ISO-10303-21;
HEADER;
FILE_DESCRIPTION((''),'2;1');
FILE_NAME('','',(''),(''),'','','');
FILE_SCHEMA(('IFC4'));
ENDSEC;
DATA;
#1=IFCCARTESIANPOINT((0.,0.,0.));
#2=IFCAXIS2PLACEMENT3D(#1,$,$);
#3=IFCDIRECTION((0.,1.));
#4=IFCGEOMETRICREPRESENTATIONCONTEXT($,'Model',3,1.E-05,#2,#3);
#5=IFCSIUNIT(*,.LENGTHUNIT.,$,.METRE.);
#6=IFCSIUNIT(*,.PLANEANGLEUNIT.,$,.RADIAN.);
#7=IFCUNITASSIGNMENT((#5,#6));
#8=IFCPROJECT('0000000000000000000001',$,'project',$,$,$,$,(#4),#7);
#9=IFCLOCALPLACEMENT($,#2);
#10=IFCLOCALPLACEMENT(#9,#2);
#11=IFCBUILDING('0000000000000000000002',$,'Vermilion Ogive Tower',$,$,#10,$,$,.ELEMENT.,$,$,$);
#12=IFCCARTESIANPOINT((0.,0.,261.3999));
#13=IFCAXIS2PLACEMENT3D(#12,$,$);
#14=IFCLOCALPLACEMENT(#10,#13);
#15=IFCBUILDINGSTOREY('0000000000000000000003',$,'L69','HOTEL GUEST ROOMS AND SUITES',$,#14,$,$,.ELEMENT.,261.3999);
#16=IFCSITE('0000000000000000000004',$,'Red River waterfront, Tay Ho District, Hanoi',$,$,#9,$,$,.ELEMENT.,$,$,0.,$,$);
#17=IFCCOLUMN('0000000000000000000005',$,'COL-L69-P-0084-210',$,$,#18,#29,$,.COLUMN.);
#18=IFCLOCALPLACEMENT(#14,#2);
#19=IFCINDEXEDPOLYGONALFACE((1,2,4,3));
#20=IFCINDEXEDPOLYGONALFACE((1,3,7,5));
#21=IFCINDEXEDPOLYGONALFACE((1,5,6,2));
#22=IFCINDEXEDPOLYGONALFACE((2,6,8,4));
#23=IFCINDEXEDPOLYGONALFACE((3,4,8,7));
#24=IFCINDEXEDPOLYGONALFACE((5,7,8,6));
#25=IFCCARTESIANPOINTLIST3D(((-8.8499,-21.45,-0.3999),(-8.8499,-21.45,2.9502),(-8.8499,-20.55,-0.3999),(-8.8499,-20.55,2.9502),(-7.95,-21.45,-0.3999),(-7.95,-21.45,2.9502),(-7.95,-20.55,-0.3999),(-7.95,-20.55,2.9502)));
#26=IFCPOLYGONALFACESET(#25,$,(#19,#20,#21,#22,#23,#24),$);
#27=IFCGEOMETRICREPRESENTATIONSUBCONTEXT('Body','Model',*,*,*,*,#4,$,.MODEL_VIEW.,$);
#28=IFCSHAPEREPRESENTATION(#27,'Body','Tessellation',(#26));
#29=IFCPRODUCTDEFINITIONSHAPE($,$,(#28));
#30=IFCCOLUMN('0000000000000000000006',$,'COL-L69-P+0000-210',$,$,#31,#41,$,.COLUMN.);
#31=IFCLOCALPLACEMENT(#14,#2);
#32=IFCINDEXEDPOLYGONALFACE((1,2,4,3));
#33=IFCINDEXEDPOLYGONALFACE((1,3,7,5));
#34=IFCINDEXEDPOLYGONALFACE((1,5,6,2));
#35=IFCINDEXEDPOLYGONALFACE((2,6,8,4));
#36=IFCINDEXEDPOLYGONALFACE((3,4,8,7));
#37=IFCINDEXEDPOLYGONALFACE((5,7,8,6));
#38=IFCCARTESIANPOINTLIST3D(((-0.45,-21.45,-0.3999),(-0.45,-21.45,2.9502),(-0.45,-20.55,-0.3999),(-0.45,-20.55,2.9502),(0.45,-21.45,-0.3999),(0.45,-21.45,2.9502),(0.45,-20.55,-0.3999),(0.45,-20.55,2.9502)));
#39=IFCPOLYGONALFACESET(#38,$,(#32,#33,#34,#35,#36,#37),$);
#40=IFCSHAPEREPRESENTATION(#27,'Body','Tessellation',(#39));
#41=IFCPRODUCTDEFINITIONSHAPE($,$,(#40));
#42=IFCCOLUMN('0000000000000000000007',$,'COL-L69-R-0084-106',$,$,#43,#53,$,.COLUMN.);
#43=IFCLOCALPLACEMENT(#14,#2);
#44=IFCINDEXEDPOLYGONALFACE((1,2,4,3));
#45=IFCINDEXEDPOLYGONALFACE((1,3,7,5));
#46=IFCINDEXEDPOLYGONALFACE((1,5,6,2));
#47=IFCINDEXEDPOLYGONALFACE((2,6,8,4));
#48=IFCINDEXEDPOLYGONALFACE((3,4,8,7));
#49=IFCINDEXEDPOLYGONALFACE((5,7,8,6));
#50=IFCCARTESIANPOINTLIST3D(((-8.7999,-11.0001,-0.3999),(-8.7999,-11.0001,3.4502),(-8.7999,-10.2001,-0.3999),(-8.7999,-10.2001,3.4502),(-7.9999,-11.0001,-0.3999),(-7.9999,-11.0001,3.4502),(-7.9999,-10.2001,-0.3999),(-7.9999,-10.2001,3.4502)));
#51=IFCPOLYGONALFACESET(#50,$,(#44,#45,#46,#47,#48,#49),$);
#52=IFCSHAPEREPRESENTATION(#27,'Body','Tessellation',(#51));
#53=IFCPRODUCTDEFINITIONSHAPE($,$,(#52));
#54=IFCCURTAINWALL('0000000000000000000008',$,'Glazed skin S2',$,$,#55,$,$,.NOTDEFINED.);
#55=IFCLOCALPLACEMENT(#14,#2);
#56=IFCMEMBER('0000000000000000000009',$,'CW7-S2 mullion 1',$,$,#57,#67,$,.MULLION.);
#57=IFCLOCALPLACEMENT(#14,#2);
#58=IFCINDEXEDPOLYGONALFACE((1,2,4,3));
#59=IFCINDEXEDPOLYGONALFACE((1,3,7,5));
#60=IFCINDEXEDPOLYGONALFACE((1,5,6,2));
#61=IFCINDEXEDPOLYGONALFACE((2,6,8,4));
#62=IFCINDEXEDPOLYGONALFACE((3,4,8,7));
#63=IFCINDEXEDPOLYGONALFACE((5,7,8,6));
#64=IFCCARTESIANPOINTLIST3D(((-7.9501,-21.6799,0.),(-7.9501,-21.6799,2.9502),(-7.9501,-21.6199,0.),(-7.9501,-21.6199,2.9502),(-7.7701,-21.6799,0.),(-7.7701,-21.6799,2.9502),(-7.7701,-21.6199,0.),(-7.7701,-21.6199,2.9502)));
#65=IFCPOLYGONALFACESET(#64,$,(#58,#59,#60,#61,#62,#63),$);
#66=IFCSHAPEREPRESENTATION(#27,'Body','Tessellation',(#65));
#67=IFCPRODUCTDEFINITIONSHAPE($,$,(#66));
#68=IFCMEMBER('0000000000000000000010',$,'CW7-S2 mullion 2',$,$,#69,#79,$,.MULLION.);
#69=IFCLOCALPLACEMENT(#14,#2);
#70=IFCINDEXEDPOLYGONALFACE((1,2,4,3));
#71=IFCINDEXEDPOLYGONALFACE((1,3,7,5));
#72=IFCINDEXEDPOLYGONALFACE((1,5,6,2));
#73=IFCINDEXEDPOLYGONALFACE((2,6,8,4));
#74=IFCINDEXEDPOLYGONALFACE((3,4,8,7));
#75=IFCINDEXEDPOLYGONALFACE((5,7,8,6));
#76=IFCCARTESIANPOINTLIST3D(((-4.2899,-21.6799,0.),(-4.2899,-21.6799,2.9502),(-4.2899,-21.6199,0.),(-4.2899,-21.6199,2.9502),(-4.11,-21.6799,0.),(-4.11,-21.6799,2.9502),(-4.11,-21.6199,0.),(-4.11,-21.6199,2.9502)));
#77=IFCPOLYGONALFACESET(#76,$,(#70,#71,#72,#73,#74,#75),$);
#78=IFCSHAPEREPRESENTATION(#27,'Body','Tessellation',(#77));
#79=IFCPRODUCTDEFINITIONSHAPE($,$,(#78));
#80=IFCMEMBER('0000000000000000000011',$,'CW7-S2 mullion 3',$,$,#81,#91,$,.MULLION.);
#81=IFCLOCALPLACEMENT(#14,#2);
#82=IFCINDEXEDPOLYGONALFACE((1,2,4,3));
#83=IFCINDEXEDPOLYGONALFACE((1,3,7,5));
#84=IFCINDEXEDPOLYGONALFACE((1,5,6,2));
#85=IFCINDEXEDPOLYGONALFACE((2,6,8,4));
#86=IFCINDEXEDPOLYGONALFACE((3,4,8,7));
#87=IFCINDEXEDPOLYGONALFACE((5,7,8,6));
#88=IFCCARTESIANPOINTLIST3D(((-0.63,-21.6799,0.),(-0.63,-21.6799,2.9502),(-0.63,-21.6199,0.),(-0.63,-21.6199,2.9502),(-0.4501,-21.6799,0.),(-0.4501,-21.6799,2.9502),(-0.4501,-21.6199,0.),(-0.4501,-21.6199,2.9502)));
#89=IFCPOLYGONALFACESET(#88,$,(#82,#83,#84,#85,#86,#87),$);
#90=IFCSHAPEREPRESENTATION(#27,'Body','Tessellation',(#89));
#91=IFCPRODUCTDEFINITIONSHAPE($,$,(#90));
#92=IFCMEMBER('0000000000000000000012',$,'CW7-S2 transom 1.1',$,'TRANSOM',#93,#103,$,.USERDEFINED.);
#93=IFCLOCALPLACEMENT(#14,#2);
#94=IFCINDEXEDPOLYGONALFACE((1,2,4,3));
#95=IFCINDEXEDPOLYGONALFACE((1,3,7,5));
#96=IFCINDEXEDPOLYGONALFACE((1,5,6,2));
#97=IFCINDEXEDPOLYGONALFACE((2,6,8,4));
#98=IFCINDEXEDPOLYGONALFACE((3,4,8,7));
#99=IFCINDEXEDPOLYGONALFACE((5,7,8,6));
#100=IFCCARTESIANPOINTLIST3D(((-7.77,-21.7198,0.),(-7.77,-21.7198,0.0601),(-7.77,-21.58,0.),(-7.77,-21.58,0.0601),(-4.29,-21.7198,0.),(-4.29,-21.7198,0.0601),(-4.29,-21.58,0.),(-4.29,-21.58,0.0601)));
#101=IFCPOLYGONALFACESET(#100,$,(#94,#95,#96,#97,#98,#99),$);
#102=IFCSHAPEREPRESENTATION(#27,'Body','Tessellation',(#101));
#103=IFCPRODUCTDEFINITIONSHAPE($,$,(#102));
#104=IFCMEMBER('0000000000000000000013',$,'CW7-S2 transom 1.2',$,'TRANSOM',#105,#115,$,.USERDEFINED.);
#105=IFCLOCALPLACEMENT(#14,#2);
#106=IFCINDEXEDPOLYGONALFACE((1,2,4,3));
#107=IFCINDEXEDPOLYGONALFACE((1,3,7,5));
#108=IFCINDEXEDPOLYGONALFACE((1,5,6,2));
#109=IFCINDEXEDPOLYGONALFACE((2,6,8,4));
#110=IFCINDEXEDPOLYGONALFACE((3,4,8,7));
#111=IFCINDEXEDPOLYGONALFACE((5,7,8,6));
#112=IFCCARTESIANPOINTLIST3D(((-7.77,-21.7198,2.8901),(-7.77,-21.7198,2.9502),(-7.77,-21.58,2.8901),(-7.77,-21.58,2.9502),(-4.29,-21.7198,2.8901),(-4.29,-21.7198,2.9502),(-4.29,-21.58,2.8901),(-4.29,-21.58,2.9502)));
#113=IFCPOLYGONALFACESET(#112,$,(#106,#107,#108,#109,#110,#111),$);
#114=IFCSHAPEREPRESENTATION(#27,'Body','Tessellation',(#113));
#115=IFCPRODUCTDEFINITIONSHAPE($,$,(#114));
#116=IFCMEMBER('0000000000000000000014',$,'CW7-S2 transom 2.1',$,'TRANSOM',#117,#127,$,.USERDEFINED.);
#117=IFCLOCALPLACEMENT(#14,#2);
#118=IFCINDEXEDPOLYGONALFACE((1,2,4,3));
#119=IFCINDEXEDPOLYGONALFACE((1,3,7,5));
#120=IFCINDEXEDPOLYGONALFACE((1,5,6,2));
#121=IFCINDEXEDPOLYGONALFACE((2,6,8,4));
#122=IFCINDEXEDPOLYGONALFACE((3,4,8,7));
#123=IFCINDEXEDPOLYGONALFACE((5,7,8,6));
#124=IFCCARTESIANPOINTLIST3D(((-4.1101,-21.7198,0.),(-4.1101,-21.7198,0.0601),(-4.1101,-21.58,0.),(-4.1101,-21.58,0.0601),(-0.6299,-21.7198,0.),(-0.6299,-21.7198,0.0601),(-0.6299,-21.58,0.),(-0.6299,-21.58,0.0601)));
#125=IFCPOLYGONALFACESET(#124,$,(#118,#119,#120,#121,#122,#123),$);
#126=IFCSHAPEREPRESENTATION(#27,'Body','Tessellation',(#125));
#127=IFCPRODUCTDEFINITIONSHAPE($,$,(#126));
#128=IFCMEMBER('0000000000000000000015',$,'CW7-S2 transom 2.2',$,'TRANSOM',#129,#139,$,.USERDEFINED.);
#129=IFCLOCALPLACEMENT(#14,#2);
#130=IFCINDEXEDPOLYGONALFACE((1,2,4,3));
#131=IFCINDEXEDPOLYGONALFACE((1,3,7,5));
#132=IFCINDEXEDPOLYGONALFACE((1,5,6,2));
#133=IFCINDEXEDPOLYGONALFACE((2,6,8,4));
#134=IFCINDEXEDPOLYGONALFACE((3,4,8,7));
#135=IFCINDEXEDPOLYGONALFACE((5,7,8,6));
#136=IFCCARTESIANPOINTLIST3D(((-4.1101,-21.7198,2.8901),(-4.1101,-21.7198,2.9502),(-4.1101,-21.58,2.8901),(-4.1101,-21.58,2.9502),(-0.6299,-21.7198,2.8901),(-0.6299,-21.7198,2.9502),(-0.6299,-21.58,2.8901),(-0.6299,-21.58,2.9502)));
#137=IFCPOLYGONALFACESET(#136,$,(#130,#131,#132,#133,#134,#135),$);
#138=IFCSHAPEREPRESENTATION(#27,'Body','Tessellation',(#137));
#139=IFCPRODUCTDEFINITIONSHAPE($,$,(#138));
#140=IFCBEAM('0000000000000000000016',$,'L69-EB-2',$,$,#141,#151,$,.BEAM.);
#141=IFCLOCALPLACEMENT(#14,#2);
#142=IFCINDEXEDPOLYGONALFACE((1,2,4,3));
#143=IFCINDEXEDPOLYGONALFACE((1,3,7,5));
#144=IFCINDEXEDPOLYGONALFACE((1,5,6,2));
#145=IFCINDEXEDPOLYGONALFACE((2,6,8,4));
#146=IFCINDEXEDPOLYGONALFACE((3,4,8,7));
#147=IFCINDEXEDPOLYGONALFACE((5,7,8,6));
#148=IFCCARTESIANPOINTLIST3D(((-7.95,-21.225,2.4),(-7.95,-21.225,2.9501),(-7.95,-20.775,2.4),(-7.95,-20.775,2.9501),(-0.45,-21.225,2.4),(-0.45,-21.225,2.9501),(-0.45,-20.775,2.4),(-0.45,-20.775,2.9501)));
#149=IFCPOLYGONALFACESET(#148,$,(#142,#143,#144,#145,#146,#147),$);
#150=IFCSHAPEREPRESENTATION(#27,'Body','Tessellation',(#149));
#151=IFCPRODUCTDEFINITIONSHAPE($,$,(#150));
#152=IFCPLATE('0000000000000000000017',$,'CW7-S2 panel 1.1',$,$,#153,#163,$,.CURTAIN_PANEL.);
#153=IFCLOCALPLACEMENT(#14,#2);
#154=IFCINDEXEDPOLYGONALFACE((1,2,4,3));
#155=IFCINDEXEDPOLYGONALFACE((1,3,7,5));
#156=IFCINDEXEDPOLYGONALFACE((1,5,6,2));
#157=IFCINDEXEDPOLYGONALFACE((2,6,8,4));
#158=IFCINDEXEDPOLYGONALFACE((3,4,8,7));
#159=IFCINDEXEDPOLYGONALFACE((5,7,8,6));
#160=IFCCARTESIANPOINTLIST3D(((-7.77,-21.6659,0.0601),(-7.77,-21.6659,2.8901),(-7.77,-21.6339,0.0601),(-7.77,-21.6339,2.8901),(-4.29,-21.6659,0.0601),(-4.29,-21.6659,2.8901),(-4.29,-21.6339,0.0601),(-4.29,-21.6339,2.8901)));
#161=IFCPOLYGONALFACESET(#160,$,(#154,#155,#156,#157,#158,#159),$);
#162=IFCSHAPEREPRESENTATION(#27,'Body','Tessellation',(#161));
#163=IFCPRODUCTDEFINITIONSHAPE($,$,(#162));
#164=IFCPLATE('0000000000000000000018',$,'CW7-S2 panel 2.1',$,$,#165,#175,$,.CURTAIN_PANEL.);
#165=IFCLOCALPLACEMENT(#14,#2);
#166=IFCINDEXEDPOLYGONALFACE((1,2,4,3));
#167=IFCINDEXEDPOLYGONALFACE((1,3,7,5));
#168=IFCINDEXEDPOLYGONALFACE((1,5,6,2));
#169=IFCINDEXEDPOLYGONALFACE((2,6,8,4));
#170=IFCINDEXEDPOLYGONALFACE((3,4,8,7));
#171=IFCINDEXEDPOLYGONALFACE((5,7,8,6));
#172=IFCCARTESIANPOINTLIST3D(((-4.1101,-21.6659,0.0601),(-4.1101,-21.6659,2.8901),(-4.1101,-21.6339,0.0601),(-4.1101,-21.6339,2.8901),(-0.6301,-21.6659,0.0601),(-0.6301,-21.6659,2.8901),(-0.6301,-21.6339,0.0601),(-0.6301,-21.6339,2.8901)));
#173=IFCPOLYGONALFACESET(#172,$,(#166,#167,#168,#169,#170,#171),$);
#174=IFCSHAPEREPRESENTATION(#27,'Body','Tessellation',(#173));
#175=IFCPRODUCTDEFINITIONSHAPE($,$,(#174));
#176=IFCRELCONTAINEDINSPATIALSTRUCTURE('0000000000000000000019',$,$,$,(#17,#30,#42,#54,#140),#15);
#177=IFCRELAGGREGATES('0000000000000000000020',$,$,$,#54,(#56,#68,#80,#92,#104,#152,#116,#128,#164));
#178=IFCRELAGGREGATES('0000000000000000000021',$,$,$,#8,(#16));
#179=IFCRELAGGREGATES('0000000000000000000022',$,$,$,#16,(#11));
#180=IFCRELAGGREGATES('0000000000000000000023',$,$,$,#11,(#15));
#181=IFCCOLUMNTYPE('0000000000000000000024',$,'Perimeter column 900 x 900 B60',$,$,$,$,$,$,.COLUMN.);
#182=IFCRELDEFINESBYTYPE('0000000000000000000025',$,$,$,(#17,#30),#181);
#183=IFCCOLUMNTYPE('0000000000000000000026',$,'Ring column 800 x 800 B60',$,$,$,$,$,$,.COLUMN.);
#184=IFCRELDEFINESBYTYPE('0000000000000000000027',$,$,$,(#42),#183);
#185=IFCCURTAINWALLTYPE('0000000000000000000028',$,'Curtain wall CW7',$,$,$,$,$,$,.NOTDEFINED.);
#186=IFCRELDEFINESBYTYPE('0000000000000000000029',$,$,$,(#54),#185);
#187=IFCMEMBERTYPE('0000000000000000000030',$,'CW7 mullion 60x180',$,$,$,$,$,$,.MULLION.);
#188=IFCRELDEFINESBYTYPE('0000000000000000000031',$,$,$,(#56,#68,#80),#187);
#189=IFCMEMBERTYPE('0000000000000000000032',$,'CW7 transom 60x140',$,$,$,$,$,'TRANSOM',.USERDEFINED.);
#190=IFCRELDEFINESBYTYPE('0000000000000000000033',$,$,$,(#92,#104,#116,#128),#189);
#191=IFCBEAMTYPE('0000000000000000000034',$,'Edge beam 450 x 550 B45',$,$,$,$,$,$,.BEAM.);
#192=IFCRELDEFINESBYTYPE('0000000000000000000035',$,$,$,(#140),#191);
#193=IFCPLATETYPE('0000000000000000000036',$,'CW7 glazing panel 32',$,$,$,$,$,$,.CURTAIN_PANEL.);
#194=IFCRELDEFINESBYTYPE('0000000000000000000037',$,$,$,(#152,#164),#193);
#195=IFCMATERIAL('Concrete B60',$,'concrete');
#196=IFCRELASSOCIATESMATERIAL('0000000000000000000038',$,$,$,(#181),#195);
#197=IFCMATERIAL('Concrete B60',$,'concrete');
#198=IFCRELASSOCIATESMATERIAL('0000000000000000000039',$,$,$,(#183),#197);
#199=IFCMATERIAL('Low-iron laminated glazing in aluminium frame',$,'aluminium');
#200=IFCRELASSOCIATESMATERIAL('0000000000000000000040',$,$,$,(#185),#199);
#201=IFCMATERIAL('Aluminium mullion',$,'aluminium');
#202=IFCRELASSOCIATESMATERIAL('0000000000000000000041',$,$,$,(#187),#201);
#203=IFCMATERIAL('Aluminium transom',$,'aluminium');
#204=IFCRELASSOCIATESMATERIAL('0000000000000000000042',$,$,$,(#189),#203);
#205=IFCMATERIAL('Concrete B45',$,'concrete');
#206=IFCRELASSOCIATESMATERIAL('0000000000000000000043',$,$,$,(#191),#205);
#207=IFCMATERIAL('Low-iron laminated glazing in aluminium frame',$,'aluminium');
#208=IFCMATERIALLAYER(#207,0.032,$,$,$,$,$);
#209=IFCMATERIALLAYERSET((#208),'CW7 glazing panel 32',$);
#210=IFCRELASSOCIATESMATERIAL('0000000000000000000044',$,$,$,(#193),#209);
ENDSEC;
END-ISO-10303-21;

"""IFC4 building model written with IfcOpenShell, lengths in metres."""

from ifc_helpers import new_model, si_unit, direction, frame, origin, origin_2d, place, context, subcontext, project, spatial, rectangle, extrude, material, layer, layer_set, material_profile, profile_set, type_object, element, aggregate, save


model = new_model("IFC4")

# Units and contexts
model_context = context("Model", 3, precision=1e-05, world=origin(), true_north=direction((0.0, 1.0)))
body_context = subcontext(model_context, "Body", "Model", "MODEL_VIEW")
ifc_project = project(units=[si_unit("LENGTHUNIT", "METRE"), si_unit("PLANEANGLEUNIT", "RADIAN")], contexts=[model_context])

# Site, building, storey
site_placement = place(None, origin())
site = spatial("IfcSite", under=ifc_project, at=site_placement, Name="Red River waterfront, Tay Ho District, Hanoi", CompositionType="ELEMENT", RefElevation=0.0)
building_placement = place(site_placement, origin())
building = spatial("IfcBuilding", under=site, at=building_placement, Name="Vermilion Ogive Tower", CompositionType="ELEMENT")
storey_placement = place(building_placement, frame((0.0, 0.0, 261.3999)))
storey = spatial("IfcBuildingStorey", under=building, at=storey_placement, Name="L69", Description="HOTEL GUEST ROOMS AND SUITES", CompositionType="ELEMENT", Elevation=261.3999)

# Columns
ifc_material_1 = material(Name="Concrete B60", Category="concrete")
ifc_material_profile_1 = material_profile(ifc_material_1, rectangle(XDim=0.8999, YDim=0.8999, at=origin_2d()), Name="900 x 900")
ifc_profile_set_1 = profile_set([ifc_material_profile_1], Name="Concrete B60")
column_type_1 = type_object("IfcColumnType", Name="Perimeter column 900 x 900 B60", PredefinedType="COLUMN", material=ifc_profile_set_1)
for number, where, z_axis, x_axis, name in (
    (1, (-8.3999, -21.0, -0.3999), (0.0, 0.0, 1.0), (1.0, 0.0, 0.0), "COL-L69-P-0084-210"),
    (2, (0.0, -21.0, -0.3999), (0.0, 0.0, 1.0), (1.0, 0.0, 0.0), "COL-L69-P+0000-210"),
):
    element("IfcColumn", number, at=place(storey_placement, frame(where, z_axis=z_axis, x_axis=x_axis)), inside=storey, type_object=column_type_1, Name=name, PredefinedType="COLUMN", context=body_context, shape_type="SweptSolid", body=[
        extrude(rectangle(XDim=0.8999, YDim=0.8999, at=origin_2d()), origin(), (0.0, 0.0, 1.0), 3.3501),
    ])
ifc_material_2 = material(Name="Concrete B60", Category="concrete")
ifc_material_profile_2 = material_profile(ifc_material_2, rectangle(XDim=0.8, YDim=0.8, at=origin_2d()), Name="800 x 800")
ifc_profile_set_2 = profile_set([ifc_material_profile_2], Name="Concrete B60")
column_type_2 = type_object("IfcColumnType", Name="Ring column 800 x 800 B60", PredefinedType="COLUMN", material=ifc_profile_set_2)
column_placement = place(storey_placement, frame((-8.3999, -10.6001, -0.3999), z_axis=(0.0, 0.0, 1.0), x_axis=(1.0, 0.0, 0.0)))
element("IfcColumn", 3, at=column_placement, inside=storey, type_object=column_type_2, Name="COL-L69-R-0084-106", PredefinedType="COLUMN", context=body_context, shape_type="SweptSolid", body=[
    extrude(rectangle(XDim=0.8, YDim=0.8, at=origin_2d()), origin(), (0.0, 0.0, 1.0), 3.8501),
])

# Curtain wall, members
ifc_material_3 = material(Name="Low-iron laminated glazing in aluminium frame", Category="aluminium")
curtain_wall_type = type_object("IfcCurtainWallType", Name="Curtain wall CW7", PredefinedType="NOTDEFINED", material=ifc_material_3)
curtain_wall_placement = place(storey_placement, origin())
curtain_wall = element("IfcCurtainWall", 4, at=curtain_wall_placement, inside=storey, type_object=curtain_wall_type, Name="Glazed skin S2", PredefinedType="NOTDEFINED")
ifc_material_4 = material(Name="Aluminium mullion", Category="aluminium")
ifc_material_profile_3 = material_profile(ifc_material_4, rectangle(XDim=0.0601, YDim=0.1799, at=origin_2d()), Name="AL 60x180")
ifc_profile_set_3 = profile_set([ifc_material_profile_3], Name="Aluminium mullion")
member_type_1 = type_object("IfcMemberType", Name="CW7 mullion 60x180", PredefinedType="MULLION", material=ifc_profile_set_3)
member_1_placement = place(storey_placement, frame((-7.8601, -21.6499, 0.0), z_axis=(0.0, 0.0, 1.0), x_axis=(0.0, 1.0, 0.0)))
member_1 = element("IfcMember", 5, at=member_1_placement, type_object=member_type_1, Name="CW7-S2 mullion 1", PredefinedType="MULLION", context=body_context, shape_type="SweptSolid", body=[
    extrude(rectangle(XDim=0.0601, YDim=0.1799, at=origin_2d()), origin(), (0.0, 0.0, 1.0), 2.9502),
])
member_2_placement = place(storey_placement, frame((-4.2, -21.6499, 0.0), z_axis=(0.0, 0.0, 1.0), x_axis=(0.0, 1.0, 0.0)))
member_2 = element("IfcMember", 6, at=member_2_placement, type_object=member_type_1, Name="CW7-S2 mullion 2", PredefinedType="MULLION", context=body_context, shape_type="SweptSolid", body=[
    extrude(rectangle(XDim=0.0601, YDim=0.1799, at=origin_2d()), origin(), (0.0, 0.0, 1.0), 2.9502),
])
member_3_placement = place(storey_placement, frame((-0.54, -21.6499, 0.0), z_axis=(0.0, 0.0, 1.0), x_axis=(0.0, 1.0, 0.0)))
member_3 = element("IfcMember", 7, at=member_3_placement, type_object=member_type_1, Name="CW7-S2 mullion 3", PredefinedType="MULLION", context=body_context, shape_type="SweptSolid", body=[
    extrude(rectangle(XDim=0.0601, YDim=0.1799, at=origin_2d()), origin(), (0.0, 0.0, 1.0), 2.9502),
])
ifc_material_5 = material(Name="Aluminium transom", Category="aluminium")
ifc_material_profile_4 = material_profile(ifc_material_5, rectangle(XDim=0.1399, YDim=0.0601, at=origin_2d()), Name="AL 60x140")
ifc_profile_set_4 = profile_set([ifc_material_profile_4], Name="Aluminium transom")
member_type_2 = type_object("IfcMemberType", Name="CW7 transom 60x140", ElementType="TRANSOM", PredefinedType="USERDEFINED", material=ifc_profile_set_4)
member_4_placement = place(storey_placement, frame((-7.77, -21.6499, 0.03), z_axis=(1.0, 0.0, 0.0), x_axis=(0.0, 1.0, 0.0)))
member_4 = element("IfcMember", 8, at=member_4_placement, type_object=member_type_2, Name="CW7-S2 transom 1.1", ObjectType="TRANSOM", PredefinedType="USERDEFINED", context=body_context, shape_type="SweptSolid", body=[
    extrude(rectangle(XDim=0.1399, YDim=0.0601, at=origin_2d()), origin(), (0.0, 0.0, 1.0), 3.48),
])
member_5_placement = place(storey_placement, frame((-7.77, -21.6499, 2.9202), z_axis=(1.0, 0.0, 0.0), x_axis=(0.0, 1.0, 0.0)))
member_5 = element("IfcMember", 9, at=member_5_placement, type_object=member_type_2, Name="CW7-S2 transom 1.2", ObjectType="TRANSOM", PredefinedType="USERDEFINED", context=body_context, shape_type="SweptSolid", body=[
    extrude(rectangle(XDim=0.1399, YDim=0.0601, at=origin_2d()), origin(), (0.0, 0.0, 1.0), 3.48),
])
member_6_placement = place(storey_placement, frame((-4.1101, -21.6499, 0.03), z_axis=(1.0, 0.0, 0.0), x_axis=(0.0, 1.0, 0.0)))
member_6 = element("IfcMember", 10, at=member_6_placement, type_object=member_type_2, Name="CW7-S2 transom 2.1", ObjectType="TRANSOM", PredefinedType="USERDEFINED", context=body_context, shape_type="SweptSolid", body=[
    extrude(rectangle(XDim=0.1399, YDim=0.0601, at=origin_2d()), origin(), (0.0, 0.0, 1.0), 3.4802),
])
member_7_placement = place(storey_placement, frame((-4.1101, -21.6499, 2.9202), z_axis=(1.0, 0.0, 0.0), x_axis=(0.0, 1.0, 0.0)))
member_7 = element("IfcMember", 11, at=member_7_placement, type_object=member_type_2, Name="CW7-S2 transom 2.2", ObjectType="TRANSOM", PredefinedType="USERDEFINED", context=body_context, shape_type="SweptSolid", body=[
    extrude(rectangle(XDim=0.1399, YDim=0.0601, at=origin_2d()), origin(), (0.0, 0.0, 1.0), 3.4802),
])

# Beam
ifc_material_6 = material(Name="Concrete B45", Category="concrete")
ifc_material_profile_5 = material_profile(ifc_material_6, rectangle(XDim=0.45, YDim=0.55, at=origin_2d()), Name="450 x 550")
ifc_profile_set_5 = profile_set([ifc_material_profile_5], Name="Concrete B45")
beam_type = type_object("IfcBeamType", Name="Edge beam 450 x 550 B45", PredefinedType="BEAM", material=ifc_profile_set_5)
beam_placement = place(storey_placement, frame((-7.95, -21.0, 2.675), z_axis=(1.0, 0.0, 0.0), x_axis=(0.0, 1.0, 0.0)))
element("IfcBeam", 12, at=beam_placement, inside=storey, type_object=beam_type, Name="L69-EB-2", PredefinedType="BEAM", context=body_context, shape_type="SweptSolid", body=[
    extrude(rectangle(XDim=0.45, YDim=0.55, at=origin_2d()), origin(), (0.0, 0.0, 1.0), 7.5),
])

# Plates
ifc_material_7 = material(Name="Low-iron laminated glazing in aluminium frame", Category="aluminium")
ifc_layer_1 = layer(ifc_material_7, 0.032)
ifc_layer_set_1 = layer_set([ifc_layer_1], Name="CW7 glazing panel 32")
plate_type = type_object("IfcPlateType", Name="CW7 glazing panel 32", PredefinedType="CURTAIN_PANEL", material=ifc_layer_set_1)
plate_1_placement = place(storey_placement, frame((-6.03, -21.6499, 0.0601), z_axis=(0.0, 0.0, 1.0), x_axis=(1.0, 0.0, 0.0)))
plate_1 = element("IfcPlate", 13, at=plate_1_placement, type_object=plate_type, Name="CW7-S2 panel 1.1", PredefinedType="CURTAIN_PANEL", context=body_context, shape_type="SweptSolid", body=[
    extrude(rectangle(XDim=3.48, YDim=0.032, at=origin_2d()), origin(), (0.0, 0.0, 1.0), 2.8301),
])
plate_2_placement = place(storey_placement, frame((-2.3701, -21.6499, 0.0601), z_axis=(0.0, 0.0, 1.0), x_axis=(1.0, 0.0, 0.0)))
plate_2 = element("IfcPlate", 14, at=plate_2_placement, type_object=plate_type, Name="CW7-S2 panel 2.1", PredefinedType="CURTAIN_PANEL", context=body_context, shape_type="SweptSolid", body=[
    extrude(rectangle(XDim=3.48, YDim=0.032, at=origin_2d()), origin(), (0.0, 0.0, 1.0), 2.8301),
])
aggregate(curtain_wall, [member_1, member_2, member_3, member_4, member_5, plate_1, member_6, member_7, plate_2])

save(model, "model.ifc")
